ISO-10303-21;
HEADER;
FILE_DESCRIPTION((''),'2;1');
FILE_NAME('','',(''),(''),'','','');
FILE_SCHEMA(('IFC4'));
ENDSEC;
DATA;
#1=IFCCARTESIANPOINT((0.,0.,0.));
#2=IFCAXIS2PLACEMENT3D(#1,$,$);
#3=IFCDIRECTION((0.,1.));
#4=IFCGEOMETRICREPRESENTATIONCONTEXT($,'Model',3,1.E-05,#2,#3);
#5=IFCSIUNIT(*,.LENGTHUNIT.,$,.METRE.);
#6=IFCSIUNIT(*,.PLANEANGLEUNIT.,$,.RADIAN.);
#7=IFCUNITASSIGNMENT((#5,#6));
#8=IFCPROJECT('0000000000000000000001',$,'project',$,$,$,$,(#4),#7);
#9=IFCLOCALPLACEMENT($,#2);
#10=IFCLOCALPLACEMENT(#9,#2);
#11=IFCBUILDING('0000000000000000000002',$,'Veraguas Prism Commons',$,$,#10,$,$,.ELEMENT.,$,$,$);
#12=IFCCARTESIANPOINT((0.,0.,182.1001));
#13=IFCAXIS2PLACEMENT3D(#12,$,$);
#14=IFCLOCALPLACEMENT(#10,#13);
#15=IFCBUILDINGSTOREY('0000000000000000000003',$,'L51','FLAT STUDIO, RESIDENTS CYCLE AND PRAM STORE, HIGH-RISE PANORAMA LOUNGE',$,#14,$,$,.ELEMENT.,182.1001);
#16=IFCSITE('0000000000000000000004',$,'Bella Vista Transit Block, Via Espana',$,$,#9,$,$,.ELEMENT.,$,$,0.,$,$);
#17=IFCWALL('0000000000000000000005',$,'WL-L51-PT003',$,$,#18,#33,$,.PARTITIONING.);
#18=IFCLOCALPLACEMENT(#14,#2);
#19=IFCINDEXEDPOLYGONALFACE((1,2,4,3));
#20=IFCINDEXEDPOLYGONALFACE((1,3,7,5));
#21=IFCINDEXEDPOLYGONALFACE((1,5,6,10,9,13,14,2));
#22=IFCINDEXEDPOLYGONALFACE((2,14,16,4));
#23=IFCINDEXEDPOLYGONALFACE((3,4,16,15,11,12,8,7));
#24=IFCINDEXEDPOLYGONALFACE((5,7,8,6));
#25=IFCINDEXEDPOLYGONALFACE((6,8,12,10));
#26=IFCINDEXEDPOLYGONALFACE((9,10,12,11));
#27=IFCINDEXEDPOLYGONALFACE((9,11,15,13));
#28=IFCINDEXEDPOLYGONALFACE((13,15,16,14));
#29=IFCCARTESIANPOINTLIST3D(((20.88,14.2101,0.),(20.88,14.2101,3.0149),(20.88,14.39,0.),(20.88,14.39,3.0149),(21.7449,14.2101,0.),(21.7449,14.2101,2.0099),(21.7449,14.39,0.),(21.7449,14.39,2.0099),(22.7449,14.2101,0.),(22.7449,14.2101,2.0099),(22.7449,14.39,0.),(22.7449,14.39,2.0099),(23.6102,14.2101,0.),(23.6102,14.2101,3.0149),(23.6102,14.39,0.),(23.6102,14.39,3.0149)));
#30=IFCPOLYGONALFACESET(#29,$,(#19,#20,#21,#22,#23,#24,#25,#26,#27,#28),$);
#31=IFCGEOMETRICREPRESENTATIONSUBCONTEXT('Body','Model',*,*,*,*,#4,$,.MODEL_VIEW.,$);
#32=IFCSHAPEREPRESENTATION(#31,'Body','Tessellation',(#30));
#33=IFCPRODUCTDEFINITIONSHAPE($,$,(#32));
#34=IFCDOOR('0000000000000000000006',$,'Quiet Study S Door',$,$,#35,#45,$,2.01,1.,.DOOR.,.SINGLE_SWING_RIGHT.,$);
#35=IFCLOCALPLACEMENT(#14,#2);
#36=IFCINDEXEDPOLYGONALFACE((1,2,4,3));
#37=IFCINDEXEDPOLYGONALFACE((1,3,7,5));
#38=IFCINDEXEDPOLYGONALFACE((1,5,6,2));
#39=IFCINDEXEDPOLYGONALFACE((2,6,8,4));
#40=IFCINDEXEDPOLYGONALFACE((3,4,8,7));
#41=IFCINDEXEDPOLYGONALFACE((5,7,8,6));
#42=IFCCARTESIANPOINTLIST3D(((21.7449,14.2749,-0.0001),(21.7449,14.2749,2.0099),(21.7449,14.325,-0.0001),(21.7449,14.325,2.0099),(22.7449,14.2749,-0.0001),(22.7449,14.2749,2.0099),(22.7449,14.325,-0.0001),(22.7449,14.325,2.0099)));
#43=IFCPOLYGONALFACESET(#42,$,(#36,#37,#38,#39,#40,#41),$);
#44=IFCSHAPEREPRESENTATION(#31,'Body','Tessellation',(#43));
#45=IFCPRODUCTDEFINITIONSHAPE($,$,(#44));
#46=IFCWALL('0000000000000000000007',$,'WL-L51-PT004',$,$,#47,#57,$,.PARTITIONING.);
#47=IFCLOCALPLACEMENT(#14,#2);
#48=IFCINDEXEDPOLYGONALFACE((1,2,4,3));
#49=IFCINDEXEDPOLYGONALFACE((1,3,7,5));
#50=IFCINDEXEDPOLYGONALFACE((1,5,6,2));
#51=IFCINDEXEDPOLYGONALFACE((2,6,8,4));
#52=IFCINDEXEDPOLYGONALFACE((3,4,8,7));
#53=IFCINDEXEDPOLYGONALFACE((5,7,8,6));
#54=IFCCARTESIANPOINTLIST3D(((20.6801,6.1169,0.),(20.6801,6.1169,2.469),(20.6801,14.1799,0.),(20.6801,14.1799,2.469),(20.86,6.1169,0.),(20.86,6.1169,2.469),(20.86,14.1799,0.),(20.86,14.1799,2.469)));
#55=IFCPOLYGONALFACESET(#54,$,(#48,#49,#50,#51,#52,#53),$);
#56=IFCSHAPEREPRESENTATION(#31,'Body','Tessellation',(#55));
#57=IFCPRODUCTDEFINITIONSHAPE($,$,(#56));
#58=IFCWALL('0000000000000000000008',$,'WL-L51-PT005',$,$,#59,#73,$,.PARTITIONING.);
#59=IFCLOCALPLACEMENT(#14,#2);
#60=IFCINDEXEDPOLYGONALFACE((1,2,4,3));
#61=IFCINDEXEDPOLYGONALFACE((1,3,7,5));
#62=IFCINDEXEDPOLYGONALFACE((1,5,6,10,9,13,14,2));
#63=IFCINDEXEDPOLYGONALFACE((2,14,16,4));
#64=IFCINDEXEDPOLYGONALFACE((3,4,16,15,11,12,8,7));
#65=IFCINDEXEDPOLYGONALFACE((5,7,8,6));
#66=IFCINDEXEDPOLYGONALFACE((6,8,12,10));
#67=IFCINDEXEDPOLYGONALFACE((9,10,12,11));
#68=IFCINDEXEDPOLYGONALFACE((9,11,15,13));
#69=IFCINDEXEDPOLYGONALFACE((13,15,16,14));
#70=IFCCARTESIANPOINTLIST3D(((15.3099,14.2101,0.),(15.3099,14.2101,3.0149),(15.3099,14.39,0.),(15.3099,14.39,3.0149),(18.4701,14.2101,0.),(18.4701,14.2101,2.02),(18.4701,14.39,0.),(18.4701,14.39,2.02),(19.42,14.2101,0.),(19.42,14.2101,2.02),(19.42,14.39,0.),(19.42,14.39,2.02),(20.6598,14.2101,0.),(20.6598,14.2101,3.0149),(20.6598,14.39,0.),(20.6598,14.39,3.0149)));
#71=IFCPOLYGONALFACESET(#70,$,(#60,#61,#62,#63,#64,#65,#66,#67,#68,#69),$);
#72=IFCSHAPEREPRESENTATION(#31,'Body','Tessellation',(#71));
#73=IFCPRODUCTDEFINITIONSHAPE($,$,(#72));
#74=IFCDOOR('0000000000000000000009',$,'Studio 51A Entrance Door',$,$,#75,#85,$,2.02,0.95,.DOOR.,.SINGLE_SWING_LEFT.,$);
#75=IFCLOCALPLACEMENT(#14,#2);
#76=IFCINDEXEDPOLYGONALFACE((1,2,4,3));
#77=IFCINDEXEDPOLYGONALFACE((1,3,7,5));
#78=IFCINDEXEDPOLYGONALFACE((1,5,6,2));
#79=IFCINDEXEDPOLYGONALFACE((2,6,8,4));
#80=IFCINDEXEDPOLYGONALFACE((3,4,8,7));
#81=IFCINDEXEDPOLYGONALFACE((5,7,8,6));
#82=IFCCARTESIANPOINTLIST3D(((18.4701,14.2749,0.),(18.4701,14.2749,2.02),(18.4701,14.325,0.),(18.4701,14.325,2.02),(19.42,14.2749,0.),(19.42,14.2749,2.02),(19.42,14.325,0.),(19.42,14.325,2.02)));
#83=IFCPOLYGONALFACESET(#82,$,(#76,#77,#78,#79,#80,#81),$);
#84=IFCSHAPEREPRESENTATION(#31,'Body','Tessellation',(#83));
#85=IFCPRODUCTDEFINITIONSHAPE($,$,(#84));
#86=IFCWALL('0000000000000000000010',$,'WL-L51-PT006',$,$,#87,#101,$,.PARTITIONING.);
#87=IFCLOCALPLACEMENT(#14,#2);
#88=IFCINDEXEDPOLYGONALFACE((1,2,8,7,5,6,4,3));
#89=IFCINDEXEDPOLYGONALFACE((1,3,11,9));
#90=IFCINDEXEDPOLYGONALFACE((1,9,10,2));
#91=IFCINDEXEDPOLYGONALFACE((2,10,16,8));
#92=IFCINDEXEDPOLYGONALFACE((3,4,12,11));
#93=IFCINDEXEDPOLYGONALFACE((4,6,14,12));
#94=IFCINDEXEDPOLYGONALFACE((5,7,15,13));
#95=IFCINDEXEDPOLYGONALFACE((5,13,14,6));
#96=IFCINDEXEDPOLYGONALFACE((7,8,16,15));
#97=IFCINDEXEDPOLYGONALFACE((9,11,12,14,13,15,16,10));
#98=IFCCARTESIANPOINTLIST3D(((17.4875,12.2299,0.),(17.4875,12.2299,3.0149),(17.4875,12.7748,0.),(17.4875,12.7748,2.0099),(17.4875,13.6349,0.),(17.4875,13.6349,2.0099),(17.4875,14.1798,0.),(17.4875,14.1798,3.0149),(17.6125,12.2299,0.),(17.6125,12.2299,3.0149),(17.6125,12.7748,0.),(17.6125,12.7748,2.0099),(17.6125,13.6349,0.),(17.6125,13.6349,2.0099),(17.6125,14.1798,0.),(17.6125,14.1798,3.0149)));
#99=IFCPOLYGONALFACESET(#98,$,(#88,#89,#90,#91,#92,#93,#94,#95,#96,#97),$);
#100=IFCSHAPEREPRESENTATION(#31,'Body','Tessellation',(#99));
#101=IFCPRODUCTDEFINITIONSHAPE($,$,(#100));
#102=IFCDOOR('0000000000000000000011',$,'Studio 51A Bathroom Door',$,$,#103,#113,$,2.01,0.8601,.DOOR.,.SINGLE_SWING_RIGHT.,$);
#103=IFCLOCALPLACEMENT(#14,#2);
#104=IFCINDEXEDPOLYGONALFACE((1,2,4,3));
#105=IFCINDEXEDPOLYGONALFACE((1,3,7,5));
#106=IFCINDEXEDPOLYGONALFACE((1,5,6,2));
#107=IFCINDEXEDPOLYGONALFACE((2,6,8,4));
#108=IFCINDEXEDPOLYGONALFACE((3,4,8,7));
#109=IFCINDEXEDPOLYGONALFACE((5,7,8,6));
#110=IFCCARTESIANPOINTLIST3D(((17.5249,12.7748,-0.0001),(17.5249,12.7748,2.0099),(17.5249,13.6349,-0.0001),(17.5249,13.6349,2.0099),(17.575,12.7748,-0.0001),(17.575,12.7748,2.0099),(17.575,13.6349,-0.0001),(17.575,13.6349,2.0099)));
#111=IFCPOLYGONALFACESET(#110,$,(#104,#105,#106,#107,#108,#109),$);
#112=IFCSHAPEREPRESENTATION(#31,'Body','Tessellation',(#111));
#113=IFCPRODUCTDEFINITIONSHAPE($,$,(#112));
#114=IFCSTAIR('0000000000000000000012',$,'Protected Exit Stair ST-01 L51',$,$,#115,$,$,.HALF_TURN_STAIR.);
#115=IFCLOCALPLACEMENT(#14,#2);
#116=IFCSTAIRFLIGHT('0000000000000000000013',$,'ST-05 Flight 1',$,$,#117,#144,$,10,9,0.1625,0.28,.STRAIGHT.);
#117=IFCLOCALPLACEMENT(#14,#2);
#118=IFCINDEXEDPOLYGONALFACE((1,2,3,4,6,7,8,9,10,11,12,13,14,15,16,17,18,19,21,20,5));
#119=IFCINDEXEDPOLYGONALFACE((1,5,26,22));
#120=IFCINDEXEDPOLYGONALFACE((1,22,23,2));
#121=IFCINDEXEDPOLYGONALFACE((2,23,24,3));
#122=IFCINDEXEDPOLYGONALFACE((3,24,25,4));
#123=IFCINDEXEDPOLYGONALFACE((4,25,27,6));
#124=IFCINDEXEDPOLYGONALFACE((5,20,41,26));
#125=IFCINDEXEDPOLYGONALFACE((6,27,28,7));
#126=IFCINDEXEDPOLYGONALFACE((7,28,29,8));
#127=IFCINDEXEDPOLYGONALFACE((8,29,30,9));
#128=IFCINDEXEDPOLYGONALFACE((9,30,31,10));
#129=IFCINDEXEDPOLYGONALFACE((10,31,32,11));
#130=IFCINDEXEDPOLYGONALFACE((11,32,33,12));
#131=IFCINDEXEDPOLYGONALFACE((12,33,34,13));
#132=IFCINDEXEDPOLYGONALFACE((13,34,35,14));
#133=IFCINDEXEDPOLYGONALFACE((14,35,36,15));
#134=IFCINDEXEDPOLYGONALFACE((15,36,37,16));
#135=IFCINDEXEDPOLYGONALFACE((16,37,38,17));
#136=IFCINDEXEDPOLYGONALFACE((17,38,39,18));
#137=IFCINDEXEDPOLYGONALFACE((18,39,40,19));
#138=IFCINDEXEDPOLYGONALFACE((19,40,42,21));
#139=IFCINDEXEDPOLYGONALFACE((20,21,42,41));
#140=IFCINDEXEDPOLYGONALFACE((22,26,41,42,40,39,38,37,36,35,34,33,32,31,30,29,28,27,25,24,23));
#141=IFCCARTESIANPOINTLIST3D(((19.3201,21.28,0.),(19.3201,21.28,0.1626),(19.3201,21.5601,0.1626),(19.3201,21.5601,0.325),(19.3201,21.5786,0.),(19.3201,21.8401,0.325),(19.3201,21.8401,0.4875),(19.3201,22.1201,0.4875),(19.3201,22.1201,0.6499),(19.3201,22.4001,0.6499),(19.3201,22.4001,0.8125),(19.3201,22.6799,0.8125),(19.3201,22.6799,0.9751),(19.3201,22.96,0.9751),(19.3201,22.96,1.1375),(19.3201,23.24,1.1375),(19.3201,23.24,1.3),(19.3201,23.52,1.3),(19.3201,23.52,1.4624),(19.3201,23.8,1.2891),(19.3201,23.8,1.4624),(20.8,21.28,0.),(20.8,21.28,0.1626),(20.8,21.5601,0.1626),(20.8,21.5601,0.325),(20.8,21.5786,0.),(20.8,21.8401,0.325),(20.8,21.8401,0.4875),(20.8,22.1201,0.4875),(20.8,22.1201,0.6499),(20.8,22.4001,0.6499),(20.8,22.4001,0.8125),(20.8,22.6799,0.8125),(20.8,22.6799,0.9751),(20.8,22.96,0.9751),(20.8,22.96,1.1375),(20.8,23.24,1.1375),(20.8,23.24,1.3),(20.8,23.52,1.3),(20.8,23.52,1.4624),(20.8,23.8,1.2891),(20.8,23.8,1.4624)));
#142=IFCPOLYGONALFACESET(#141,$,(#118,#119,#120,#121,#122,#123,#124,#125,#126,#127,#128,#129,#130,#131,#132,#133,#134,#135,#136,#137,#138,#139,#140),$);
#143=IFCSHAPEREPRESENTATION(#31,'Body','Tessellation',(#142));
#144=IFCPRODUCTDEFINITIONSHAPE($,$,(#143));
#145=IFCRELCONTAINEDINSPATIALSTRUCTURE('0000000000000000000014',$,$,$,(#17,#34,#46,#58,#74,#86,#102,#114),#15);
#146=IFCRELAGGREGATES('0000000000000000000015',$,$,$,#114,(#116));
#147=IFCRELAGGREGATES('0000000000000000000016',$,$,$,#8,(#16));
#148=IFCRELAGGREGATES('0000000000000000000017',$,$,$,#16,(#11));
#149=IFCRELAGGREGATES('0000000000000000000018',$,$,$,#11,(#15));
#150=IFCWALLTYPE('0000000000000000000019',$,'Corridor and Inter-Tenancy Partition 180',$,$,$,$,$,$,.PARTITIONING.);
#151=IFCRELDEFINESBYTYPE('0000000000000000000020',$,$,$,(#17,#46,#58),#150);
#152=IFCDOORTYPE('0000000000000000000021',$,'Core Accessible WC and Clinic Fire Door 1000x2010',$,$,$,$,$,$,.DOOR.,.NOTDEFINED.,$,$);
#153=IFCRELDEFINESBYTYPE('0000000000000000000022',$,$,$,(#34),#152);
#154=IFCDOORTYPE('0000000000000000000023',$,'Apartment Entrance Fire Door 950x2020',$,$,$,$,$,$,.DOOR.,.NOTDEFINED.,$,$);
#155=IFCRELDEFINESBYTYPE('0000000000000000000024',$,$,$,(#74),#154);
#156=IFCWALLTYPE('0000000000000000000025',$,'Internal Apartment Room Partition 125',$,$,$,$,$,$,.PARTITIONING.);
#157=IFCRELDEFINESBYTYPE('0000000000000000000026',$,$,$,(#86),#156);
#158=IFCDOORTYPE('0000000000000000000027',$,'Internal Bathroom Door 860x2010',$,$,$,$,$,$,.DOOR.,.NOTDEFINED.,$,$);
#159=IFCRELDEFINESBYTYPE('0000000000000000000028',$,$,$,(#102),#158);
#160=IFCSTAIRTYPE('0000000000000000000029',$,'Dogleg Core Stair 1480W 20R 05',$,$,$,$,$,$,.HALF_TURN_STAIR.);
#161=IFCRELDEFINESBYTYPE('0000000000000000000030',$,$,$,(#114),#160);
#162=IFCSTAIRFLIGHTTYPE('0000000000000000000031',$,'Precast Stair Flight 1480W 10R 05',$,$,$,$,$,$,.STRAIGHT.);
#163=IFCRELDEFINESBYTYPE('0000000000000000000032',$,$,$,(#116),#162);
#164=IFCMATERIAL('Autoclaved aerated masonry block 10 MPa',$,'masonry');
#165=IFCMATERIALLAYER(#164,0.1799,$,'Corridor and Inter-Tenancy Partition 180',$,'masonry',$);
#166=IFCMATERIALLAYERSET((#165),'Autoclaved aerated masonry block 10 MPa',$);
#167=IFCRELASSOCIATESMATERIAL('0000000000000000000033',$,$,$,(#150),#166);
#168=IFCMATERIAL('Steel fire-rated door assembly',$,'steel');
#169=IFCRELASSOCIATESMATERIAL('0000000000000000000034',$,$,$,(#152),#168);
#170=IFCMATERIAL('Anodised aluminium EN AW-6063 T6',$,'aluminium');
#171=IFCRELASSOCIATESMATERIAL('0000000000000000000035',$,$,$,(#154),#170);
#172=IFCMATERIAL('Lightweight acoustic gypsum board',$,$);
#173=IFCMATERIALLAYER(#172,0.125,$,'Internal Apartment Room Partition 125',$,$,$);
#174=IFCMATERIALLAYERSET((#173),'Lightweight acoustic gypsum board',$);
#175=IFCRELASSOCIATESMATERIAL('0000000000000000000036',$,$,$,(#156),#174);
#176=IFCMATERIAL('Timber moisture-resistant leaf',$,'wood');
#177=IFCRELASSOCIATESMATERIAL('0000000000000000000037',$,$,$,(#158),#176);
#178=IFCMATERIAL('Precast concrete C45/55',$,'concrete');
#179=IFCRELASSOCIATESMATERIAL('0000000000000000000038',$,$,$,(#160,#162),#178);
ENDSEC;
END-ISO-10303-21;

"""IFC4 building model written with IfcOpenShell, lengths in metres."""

from ifc_helpers import new_model, si_unit, direction, frame, frame_2d, origin, place, context, subcontext, project, spatial, polyline, rectangle, outline, extrude, source, transform, mapped, material, layer, layer_set, type_object, element, fill, aggregate, save


model = new_model("IFC4")

# Units and contexts
model_context = context("Model", 3, precision=1e-05, world=origin(), true_north=direction((0.0, 1.0)))
body_context = subcontext(model_context, "Body", "Model", "MODEL_VIEW")
ifc_project = project(units=[si_unit("LENGTHUNIT", "METRE"), si_unit("PLANEANGLEUNIT", "RADIAN")], contexts=[model_context])

# Site, building, storey
site_placement = place(None, origin())
site = spatial("IfcSite", under=ifc_project, at=site_placement, Name="Bella Vista Transit Block, Via Espana", CompositionType="ELEMENT", RefElevation=0.0)
building_placement = place(site_placement, origin())
building = spatial("IfcBuilding", under=site, at=building_placement, Name="Veraguas Prism Commons", CompositionType="ELEMENT")
storey_placement = place(building_placement, frame((0.0, 0.0, 182.1001)))
storey = spatial("IfcBuildingStorey", under=building, at=storey_placement, Name="L51", Description="FLAT STUDIO, RESIDENTS CYCLE AND PRAM STORE, HIGH-RISE PANORAMA LOUNGE", CompositionType="ELEMENT", Elevation=182.1001)

# Shared definitions
ifc_material_1 = material(Name="Steel fire-rated door assembly", Category="steel")

# Shared definitions
ifc_material_2 = material(Name="Autoclaved aerated masonry block 10 MPa", Category="masonry")
ifc_layer_1 = layer(ifc_material_2, 0.1799, Name="Corridor and Inter-Tenancy Partition 180", Category="masonry")
ifc_layer_set_1 = layer_set([ifc_layer_1], Name="Autoclaved aerated masonry block 10 MPa")
wall_type_1 = type_object("IfcWallType", Name="Corridor and Inter-Tenancy Partition 180", PredefinedType="PARTITIONING", material=ifc_layer_set_1)

# Wall, opening, door
wall_1_placement = place(storey_placement, frame((20.8799, 14.3, 0.0), z_axis=(0.0, 0.0, 1.0), x_axis=(1.0, 0.0, 0.0)))
wall_1 = element("IfcWall", 1, at=wall_1_placement, inside=storey, type_object=wall_type_1, Name="WL-L51-PT003", PredefinedType="PARTITIONING", context=body_context, shape_type="SweptSolid", body=[
    extrude(rectangle(XDim=2.7302, YDim=0.1799, at=frame_2d((1.3652, 0.0))), origin(), (0.0, 0.0, 1.0), 3.0149),
])
opening_1_placement = place(wall_1_placement, frame((0.865, 0.0, 0.0)))
opening_1 = element("IfcOpeningElement", 2, at=opening_1_placement, cuts=wall_1, PredefinedType="OPENING", context=body_context, shape_type="SweptSolid", body=[
    extrude(rectangle(XDim=1.0, YDim=2.01, at=frame_2d((0.5, 1.0049))), frame((0.0, 0.0999, 0.0), z_axis=(0.0, -1.0, 0.0), x_axis=(1.0, 0.0, 0.0)), (0.0, 0.0, 1.0), 0.2),
])
door_type_1 = type_object("IfcDoorType", Name="Core Accessible WC and Clinic Fire Door 1000x2010", OperationType="NOTDEFINED", PredefinedType="DOOR", material=ifc_material_1)
shared_shape_1 = source(origin(), body_context, "Body", "SweptSolid", [
    extrude(rectangle(XDim=1.0, YDim=2.01, at=frame_2d((0.5, 1.0049))), frame((0.0, 0.0249, 0.0), z_axis=(0.0, -1.0, 0.0), x_axis=(1.0, 0.0, 0.0)), (0.0, 0.0, 1.0), 0.05),
])
door_1_placement = place(opening_1_placement, origin())
door_1 = element("IfcDoor", 3, at=door_1_placement, inside=storey, type_object=door_type_1, Name="Quiet Study S Door", OperationType="SINGLE_SWING_RIGHT", OverallHeight=2.01, OverallWidth=1.0, PredefinedType="DOOR", context=body_context, shape_type="MappedRepresentation", body=[
    mapped(shared_shape_1, transform((0.0, 0.0, 0.0), scale=1.0)),
])
fill(opening_1, door_1)

# Wall
wall_2_placement = place(storey_placement, frame((20.77, 14.1799, 0.0), z_axis=(0.0, 0.0, 1.0), x_axis=(0.0, -1.0, 0.0)))
element("IfcWall", 4, at=wall_2_placement, inside=storey, type_object=wall_type_1, Name="WL-L51-PT004", PredefinedType="PARTITIONING", context=body_context, shape_type="SweptSolid", body=[
    extrude(rectangle(XDim=8.063, YDim=0.1799, at=frame_2d((4.0315, 0.0))), origin(), (0.0, 0.0, 1.0), 2.469),
])

# Walls, openings, doors
wall_3_placement = place(storey_placement, frame((15.3101, 14.3, 0.0), z_axis=(0.0, 0.0, 1.0), x_axis=(1.0, 0.0, 0.0)))
wall_3 = element("IfcWall", 5, at=wall_3_placement, inside=storey, type_object=wall_type_1, Name="WL-L51-PT005", PredefinedType="PARTITIONING", context=body_context, shape_type="SweptSolid", body=[
    extrude(rectangle(XDim=5.3499, YDim=0.1799, at=frame_2d((2.6748, 0.0))), origin(), (0.0, 0.0, 1.0), 3.0149),
])
opening_2_placement = place(wall_3_placement, frame((3.1599, 0.0, 0.0)))
opening_2 = element("IfcOpeningElement", 6, at=opening_2_placement, cuts=wall_3, PredefinedType="OPENING", context=body_context, shape_type="SweptSolid", body=[
    extrude(rectangle(XDim=0.95, YDim=2.02, at=frame_2d((0.4751, 1.01))), frame((0.0, 0.0999, 0.0), z_axis=(0.0, -1.0, 0.0), x_axis=(1.0, 0.0, 0.0)), (0.0, 0.0, 1.0), 0.2),
])
ifc_material_3 = material(Name="Anodised aluminium EN AW-6063 T6", Category="aluminium")
door_type_2 = type_object("IfcDoorType", Name="Apartment Entrance Fire Door 950x2020", OperationType="NOTDEFINED", PredefinedType="DOOR", material=ifc_material_3)
shared_shape_2 = source(origin(), body_context, "Body", "SweptSolid", [
    extrude(rectangle(XDim=0.95, YDim=2.02, at=frame_2d((0.4751, 1.01))), frame((0.0, 0.0249, 0.0), z_axis=(0.0, -1.0, 0.0), x_axis=(1.0, 0.0, 0.0)), (0.0, 0.0, 1.0), 0.05),
])
door_2_placement = place(opening_2_placement, origin())
door_2 = element("IfcDoor", 7, at=door_2_placement, inside=storey, type_object=door_type_2, Name="Studio 51A Entrance Door", OperationType="SINGLE_SWING_LEFT", OverallHeight=2.02, OverallWidth=0.95, PredefinedType="DOOR", context=body_context, shape_type="MappedRepresentation", body=[
    mapped(shared_shape_2, transform((0.0, 0.0, 0.0), scale=1.0)),
])
fill(opening_2, door_2)
ifc_material_4 = material(Name="Lightweight acoustic gypsum board")
ifc_layer_2 = layer(ifc_material_4, 0.125, Name="Internal Apartment Room Partition 125")
ifc_layer_set_2 = layer_set([ifc_layer_2], Name="Lightweight acoustic gypsum board")
wall_type_2 = type_object("IfcWallType", Name="Internal Apartment Room Partition 125", PredefinedType="PARTITIONING", material=ifc_layer_set_2)
wall_4_placement = place(storey_placement, frame((17.55, 14.1799, 0.0), z_axis=(0.0, 0.0, 1.0), x_axis=(0.0, -1.0, 0.0)))
wall_4 = element("IfcWall", 8, at=wall_4_placement, inside=storey, type_object=wall_type_2, Name="WL-L51-PT006", PredefinedType="PARTITIONING", context=body_context, shape_type="SweptSolid", body=[
    extrude(rectangle(XDim=1.95, YDim=0.125, at=frame_2d((0.9751, 0.0))), origin(), (0.0, 0.0, 1.0), 3.0149),
])
opening_3_placement = place(wall_4_placement, frame((0.5449, 0.0, 0.0)))
opening_3 = element("IfcOpeningElement", 9, at=opening_3_placement, cuts=wall_4, PredefinedType="OPENING", context=body_context, shape_type="SweptSolid", body=[
    extrude(rectangle(XDim=0.8601, YDim=2.01, at=frame_2d((0.4302, 1.0049))), frame((0.0, 0.0725, 0.0), z_axis=(0.0, -1.0, 0.0), x_axis=(1.0, 0.0, 0.0)), (0.0, 0.0, 1.0), 0.145),
])
ifc_material_5 = material(Name="Timber moisture-resistant leaf", Category="wood")
door_type_3 = type_object("IfcDoorType", Name="Internal Bathroom Door 860x2010", OperationType="NOTDEFINED", PredefinedType="DOOR", material=ifc_material_5)
shared_shape_3 = source(origin(), body_context, "Body", "SweptSolid", [
    extrude(rectangle(XDim=0.8601, YDim=2.01, at=frame_2d((0.4302, 1.0049))), frame((0.0, 0.0249, 0.0), z_axis=(0.0, -1.0, 0.0), x_axis=(1.0, 0.0, 0.0)), (0.0, 0.0, 1.0), 0.05),
])
door_3_placement = place(opening_3_placement, origin())
door_3 = element("IfcDoor", 10, at=door_3_placement, inside=storey, type_object=door_type_3, Name="Studio 51A Bathroom Door", OperationType="SINGLE_SWING_RIGHT", OverallHeight=2.01, OverallWidth=0.8601, PredefinedType="DOOR", context=body_context, shape_type="MappedRepresentation", body=[
    mapped(shared_shape_3, transform((0.0, 0.0, 0.0), scale=1.0)),
])
fill(opening_3, door_3)

# Stair, stair flight
ifc_material_6 = material(Name="Precast concrete C45/55", Category="concrete")
stair_type = type_object("IfcStairType", Name="Dogleg Core Stair 1480W 20R 05", PredefinedType="HALF_TURN_STAIR", material=ifc_material_6)
stair_placement = place(storey_placement, origin())
stair = element("IfcStair", 11, at=stair_placement, inside=storey, type_object=stair_type, Name="Protected Exit Stair ST-01 L51", PredefinedType="HALF_TURN_STAIR")
stair_flight_type = type_object("IfcStairFlightType", Name="Precast Stair Flight 1480W 10R 05", PredefinedType="STRAIGHT", material=ifc_material_6)
stair_flight_placement = place(storey_placement, frame((20.0601, 21.28, 0.0), z_axis=(0.0, 0.0, 1.0), x_axis=(0.0, 1.0, 0.0)))
stair_flight = element("IfcStairFlight", 12, at=stair_flight_placement, type_object=stair_flight_type, Name="ST-05 Flight 1", NumberOfRisers=10, NumberOfTreads=9, PredefinedType="STRAIGHT", RiserHeight=0.1625, TreadLength=0.28, context=body_context, shape_type="SweptSolid", body=[
    extrude(outline(polyline([(0.0, 0.0), (0.0, 0.1626), (0.28, 0.1626), (0.28, 0.325), (0.5601, 0.325), (0.5601, 0.4875), (0.8401, 0.4875), (0.8401, 0.6499), (1.1201, 0.6499), (1.1201, 0.8125), (1.3999, 0.8125), (1.3999, 0.9751), (1.6799, 0.9751), (1.6799, 1.1375), (1.96, 1.1375), (1.96, 1.3), (2.24, 1.3), (2.24, 1.4624), (2.52, 1.4624), (2.52, 1.625), (2.52, 1.2891), (0.2986, 0.0), (0.0, 0.0)])), frame((0.0, 0.74, 0.0), z_axis=(0.0, -1.0, 0.0), x_axis=(1.0, 0.0, 0.0)), (0.0, 0.0, 1.0), 1.48),
])
aggregate(stair, [stair_flight])

save(model, "model.ifc")
